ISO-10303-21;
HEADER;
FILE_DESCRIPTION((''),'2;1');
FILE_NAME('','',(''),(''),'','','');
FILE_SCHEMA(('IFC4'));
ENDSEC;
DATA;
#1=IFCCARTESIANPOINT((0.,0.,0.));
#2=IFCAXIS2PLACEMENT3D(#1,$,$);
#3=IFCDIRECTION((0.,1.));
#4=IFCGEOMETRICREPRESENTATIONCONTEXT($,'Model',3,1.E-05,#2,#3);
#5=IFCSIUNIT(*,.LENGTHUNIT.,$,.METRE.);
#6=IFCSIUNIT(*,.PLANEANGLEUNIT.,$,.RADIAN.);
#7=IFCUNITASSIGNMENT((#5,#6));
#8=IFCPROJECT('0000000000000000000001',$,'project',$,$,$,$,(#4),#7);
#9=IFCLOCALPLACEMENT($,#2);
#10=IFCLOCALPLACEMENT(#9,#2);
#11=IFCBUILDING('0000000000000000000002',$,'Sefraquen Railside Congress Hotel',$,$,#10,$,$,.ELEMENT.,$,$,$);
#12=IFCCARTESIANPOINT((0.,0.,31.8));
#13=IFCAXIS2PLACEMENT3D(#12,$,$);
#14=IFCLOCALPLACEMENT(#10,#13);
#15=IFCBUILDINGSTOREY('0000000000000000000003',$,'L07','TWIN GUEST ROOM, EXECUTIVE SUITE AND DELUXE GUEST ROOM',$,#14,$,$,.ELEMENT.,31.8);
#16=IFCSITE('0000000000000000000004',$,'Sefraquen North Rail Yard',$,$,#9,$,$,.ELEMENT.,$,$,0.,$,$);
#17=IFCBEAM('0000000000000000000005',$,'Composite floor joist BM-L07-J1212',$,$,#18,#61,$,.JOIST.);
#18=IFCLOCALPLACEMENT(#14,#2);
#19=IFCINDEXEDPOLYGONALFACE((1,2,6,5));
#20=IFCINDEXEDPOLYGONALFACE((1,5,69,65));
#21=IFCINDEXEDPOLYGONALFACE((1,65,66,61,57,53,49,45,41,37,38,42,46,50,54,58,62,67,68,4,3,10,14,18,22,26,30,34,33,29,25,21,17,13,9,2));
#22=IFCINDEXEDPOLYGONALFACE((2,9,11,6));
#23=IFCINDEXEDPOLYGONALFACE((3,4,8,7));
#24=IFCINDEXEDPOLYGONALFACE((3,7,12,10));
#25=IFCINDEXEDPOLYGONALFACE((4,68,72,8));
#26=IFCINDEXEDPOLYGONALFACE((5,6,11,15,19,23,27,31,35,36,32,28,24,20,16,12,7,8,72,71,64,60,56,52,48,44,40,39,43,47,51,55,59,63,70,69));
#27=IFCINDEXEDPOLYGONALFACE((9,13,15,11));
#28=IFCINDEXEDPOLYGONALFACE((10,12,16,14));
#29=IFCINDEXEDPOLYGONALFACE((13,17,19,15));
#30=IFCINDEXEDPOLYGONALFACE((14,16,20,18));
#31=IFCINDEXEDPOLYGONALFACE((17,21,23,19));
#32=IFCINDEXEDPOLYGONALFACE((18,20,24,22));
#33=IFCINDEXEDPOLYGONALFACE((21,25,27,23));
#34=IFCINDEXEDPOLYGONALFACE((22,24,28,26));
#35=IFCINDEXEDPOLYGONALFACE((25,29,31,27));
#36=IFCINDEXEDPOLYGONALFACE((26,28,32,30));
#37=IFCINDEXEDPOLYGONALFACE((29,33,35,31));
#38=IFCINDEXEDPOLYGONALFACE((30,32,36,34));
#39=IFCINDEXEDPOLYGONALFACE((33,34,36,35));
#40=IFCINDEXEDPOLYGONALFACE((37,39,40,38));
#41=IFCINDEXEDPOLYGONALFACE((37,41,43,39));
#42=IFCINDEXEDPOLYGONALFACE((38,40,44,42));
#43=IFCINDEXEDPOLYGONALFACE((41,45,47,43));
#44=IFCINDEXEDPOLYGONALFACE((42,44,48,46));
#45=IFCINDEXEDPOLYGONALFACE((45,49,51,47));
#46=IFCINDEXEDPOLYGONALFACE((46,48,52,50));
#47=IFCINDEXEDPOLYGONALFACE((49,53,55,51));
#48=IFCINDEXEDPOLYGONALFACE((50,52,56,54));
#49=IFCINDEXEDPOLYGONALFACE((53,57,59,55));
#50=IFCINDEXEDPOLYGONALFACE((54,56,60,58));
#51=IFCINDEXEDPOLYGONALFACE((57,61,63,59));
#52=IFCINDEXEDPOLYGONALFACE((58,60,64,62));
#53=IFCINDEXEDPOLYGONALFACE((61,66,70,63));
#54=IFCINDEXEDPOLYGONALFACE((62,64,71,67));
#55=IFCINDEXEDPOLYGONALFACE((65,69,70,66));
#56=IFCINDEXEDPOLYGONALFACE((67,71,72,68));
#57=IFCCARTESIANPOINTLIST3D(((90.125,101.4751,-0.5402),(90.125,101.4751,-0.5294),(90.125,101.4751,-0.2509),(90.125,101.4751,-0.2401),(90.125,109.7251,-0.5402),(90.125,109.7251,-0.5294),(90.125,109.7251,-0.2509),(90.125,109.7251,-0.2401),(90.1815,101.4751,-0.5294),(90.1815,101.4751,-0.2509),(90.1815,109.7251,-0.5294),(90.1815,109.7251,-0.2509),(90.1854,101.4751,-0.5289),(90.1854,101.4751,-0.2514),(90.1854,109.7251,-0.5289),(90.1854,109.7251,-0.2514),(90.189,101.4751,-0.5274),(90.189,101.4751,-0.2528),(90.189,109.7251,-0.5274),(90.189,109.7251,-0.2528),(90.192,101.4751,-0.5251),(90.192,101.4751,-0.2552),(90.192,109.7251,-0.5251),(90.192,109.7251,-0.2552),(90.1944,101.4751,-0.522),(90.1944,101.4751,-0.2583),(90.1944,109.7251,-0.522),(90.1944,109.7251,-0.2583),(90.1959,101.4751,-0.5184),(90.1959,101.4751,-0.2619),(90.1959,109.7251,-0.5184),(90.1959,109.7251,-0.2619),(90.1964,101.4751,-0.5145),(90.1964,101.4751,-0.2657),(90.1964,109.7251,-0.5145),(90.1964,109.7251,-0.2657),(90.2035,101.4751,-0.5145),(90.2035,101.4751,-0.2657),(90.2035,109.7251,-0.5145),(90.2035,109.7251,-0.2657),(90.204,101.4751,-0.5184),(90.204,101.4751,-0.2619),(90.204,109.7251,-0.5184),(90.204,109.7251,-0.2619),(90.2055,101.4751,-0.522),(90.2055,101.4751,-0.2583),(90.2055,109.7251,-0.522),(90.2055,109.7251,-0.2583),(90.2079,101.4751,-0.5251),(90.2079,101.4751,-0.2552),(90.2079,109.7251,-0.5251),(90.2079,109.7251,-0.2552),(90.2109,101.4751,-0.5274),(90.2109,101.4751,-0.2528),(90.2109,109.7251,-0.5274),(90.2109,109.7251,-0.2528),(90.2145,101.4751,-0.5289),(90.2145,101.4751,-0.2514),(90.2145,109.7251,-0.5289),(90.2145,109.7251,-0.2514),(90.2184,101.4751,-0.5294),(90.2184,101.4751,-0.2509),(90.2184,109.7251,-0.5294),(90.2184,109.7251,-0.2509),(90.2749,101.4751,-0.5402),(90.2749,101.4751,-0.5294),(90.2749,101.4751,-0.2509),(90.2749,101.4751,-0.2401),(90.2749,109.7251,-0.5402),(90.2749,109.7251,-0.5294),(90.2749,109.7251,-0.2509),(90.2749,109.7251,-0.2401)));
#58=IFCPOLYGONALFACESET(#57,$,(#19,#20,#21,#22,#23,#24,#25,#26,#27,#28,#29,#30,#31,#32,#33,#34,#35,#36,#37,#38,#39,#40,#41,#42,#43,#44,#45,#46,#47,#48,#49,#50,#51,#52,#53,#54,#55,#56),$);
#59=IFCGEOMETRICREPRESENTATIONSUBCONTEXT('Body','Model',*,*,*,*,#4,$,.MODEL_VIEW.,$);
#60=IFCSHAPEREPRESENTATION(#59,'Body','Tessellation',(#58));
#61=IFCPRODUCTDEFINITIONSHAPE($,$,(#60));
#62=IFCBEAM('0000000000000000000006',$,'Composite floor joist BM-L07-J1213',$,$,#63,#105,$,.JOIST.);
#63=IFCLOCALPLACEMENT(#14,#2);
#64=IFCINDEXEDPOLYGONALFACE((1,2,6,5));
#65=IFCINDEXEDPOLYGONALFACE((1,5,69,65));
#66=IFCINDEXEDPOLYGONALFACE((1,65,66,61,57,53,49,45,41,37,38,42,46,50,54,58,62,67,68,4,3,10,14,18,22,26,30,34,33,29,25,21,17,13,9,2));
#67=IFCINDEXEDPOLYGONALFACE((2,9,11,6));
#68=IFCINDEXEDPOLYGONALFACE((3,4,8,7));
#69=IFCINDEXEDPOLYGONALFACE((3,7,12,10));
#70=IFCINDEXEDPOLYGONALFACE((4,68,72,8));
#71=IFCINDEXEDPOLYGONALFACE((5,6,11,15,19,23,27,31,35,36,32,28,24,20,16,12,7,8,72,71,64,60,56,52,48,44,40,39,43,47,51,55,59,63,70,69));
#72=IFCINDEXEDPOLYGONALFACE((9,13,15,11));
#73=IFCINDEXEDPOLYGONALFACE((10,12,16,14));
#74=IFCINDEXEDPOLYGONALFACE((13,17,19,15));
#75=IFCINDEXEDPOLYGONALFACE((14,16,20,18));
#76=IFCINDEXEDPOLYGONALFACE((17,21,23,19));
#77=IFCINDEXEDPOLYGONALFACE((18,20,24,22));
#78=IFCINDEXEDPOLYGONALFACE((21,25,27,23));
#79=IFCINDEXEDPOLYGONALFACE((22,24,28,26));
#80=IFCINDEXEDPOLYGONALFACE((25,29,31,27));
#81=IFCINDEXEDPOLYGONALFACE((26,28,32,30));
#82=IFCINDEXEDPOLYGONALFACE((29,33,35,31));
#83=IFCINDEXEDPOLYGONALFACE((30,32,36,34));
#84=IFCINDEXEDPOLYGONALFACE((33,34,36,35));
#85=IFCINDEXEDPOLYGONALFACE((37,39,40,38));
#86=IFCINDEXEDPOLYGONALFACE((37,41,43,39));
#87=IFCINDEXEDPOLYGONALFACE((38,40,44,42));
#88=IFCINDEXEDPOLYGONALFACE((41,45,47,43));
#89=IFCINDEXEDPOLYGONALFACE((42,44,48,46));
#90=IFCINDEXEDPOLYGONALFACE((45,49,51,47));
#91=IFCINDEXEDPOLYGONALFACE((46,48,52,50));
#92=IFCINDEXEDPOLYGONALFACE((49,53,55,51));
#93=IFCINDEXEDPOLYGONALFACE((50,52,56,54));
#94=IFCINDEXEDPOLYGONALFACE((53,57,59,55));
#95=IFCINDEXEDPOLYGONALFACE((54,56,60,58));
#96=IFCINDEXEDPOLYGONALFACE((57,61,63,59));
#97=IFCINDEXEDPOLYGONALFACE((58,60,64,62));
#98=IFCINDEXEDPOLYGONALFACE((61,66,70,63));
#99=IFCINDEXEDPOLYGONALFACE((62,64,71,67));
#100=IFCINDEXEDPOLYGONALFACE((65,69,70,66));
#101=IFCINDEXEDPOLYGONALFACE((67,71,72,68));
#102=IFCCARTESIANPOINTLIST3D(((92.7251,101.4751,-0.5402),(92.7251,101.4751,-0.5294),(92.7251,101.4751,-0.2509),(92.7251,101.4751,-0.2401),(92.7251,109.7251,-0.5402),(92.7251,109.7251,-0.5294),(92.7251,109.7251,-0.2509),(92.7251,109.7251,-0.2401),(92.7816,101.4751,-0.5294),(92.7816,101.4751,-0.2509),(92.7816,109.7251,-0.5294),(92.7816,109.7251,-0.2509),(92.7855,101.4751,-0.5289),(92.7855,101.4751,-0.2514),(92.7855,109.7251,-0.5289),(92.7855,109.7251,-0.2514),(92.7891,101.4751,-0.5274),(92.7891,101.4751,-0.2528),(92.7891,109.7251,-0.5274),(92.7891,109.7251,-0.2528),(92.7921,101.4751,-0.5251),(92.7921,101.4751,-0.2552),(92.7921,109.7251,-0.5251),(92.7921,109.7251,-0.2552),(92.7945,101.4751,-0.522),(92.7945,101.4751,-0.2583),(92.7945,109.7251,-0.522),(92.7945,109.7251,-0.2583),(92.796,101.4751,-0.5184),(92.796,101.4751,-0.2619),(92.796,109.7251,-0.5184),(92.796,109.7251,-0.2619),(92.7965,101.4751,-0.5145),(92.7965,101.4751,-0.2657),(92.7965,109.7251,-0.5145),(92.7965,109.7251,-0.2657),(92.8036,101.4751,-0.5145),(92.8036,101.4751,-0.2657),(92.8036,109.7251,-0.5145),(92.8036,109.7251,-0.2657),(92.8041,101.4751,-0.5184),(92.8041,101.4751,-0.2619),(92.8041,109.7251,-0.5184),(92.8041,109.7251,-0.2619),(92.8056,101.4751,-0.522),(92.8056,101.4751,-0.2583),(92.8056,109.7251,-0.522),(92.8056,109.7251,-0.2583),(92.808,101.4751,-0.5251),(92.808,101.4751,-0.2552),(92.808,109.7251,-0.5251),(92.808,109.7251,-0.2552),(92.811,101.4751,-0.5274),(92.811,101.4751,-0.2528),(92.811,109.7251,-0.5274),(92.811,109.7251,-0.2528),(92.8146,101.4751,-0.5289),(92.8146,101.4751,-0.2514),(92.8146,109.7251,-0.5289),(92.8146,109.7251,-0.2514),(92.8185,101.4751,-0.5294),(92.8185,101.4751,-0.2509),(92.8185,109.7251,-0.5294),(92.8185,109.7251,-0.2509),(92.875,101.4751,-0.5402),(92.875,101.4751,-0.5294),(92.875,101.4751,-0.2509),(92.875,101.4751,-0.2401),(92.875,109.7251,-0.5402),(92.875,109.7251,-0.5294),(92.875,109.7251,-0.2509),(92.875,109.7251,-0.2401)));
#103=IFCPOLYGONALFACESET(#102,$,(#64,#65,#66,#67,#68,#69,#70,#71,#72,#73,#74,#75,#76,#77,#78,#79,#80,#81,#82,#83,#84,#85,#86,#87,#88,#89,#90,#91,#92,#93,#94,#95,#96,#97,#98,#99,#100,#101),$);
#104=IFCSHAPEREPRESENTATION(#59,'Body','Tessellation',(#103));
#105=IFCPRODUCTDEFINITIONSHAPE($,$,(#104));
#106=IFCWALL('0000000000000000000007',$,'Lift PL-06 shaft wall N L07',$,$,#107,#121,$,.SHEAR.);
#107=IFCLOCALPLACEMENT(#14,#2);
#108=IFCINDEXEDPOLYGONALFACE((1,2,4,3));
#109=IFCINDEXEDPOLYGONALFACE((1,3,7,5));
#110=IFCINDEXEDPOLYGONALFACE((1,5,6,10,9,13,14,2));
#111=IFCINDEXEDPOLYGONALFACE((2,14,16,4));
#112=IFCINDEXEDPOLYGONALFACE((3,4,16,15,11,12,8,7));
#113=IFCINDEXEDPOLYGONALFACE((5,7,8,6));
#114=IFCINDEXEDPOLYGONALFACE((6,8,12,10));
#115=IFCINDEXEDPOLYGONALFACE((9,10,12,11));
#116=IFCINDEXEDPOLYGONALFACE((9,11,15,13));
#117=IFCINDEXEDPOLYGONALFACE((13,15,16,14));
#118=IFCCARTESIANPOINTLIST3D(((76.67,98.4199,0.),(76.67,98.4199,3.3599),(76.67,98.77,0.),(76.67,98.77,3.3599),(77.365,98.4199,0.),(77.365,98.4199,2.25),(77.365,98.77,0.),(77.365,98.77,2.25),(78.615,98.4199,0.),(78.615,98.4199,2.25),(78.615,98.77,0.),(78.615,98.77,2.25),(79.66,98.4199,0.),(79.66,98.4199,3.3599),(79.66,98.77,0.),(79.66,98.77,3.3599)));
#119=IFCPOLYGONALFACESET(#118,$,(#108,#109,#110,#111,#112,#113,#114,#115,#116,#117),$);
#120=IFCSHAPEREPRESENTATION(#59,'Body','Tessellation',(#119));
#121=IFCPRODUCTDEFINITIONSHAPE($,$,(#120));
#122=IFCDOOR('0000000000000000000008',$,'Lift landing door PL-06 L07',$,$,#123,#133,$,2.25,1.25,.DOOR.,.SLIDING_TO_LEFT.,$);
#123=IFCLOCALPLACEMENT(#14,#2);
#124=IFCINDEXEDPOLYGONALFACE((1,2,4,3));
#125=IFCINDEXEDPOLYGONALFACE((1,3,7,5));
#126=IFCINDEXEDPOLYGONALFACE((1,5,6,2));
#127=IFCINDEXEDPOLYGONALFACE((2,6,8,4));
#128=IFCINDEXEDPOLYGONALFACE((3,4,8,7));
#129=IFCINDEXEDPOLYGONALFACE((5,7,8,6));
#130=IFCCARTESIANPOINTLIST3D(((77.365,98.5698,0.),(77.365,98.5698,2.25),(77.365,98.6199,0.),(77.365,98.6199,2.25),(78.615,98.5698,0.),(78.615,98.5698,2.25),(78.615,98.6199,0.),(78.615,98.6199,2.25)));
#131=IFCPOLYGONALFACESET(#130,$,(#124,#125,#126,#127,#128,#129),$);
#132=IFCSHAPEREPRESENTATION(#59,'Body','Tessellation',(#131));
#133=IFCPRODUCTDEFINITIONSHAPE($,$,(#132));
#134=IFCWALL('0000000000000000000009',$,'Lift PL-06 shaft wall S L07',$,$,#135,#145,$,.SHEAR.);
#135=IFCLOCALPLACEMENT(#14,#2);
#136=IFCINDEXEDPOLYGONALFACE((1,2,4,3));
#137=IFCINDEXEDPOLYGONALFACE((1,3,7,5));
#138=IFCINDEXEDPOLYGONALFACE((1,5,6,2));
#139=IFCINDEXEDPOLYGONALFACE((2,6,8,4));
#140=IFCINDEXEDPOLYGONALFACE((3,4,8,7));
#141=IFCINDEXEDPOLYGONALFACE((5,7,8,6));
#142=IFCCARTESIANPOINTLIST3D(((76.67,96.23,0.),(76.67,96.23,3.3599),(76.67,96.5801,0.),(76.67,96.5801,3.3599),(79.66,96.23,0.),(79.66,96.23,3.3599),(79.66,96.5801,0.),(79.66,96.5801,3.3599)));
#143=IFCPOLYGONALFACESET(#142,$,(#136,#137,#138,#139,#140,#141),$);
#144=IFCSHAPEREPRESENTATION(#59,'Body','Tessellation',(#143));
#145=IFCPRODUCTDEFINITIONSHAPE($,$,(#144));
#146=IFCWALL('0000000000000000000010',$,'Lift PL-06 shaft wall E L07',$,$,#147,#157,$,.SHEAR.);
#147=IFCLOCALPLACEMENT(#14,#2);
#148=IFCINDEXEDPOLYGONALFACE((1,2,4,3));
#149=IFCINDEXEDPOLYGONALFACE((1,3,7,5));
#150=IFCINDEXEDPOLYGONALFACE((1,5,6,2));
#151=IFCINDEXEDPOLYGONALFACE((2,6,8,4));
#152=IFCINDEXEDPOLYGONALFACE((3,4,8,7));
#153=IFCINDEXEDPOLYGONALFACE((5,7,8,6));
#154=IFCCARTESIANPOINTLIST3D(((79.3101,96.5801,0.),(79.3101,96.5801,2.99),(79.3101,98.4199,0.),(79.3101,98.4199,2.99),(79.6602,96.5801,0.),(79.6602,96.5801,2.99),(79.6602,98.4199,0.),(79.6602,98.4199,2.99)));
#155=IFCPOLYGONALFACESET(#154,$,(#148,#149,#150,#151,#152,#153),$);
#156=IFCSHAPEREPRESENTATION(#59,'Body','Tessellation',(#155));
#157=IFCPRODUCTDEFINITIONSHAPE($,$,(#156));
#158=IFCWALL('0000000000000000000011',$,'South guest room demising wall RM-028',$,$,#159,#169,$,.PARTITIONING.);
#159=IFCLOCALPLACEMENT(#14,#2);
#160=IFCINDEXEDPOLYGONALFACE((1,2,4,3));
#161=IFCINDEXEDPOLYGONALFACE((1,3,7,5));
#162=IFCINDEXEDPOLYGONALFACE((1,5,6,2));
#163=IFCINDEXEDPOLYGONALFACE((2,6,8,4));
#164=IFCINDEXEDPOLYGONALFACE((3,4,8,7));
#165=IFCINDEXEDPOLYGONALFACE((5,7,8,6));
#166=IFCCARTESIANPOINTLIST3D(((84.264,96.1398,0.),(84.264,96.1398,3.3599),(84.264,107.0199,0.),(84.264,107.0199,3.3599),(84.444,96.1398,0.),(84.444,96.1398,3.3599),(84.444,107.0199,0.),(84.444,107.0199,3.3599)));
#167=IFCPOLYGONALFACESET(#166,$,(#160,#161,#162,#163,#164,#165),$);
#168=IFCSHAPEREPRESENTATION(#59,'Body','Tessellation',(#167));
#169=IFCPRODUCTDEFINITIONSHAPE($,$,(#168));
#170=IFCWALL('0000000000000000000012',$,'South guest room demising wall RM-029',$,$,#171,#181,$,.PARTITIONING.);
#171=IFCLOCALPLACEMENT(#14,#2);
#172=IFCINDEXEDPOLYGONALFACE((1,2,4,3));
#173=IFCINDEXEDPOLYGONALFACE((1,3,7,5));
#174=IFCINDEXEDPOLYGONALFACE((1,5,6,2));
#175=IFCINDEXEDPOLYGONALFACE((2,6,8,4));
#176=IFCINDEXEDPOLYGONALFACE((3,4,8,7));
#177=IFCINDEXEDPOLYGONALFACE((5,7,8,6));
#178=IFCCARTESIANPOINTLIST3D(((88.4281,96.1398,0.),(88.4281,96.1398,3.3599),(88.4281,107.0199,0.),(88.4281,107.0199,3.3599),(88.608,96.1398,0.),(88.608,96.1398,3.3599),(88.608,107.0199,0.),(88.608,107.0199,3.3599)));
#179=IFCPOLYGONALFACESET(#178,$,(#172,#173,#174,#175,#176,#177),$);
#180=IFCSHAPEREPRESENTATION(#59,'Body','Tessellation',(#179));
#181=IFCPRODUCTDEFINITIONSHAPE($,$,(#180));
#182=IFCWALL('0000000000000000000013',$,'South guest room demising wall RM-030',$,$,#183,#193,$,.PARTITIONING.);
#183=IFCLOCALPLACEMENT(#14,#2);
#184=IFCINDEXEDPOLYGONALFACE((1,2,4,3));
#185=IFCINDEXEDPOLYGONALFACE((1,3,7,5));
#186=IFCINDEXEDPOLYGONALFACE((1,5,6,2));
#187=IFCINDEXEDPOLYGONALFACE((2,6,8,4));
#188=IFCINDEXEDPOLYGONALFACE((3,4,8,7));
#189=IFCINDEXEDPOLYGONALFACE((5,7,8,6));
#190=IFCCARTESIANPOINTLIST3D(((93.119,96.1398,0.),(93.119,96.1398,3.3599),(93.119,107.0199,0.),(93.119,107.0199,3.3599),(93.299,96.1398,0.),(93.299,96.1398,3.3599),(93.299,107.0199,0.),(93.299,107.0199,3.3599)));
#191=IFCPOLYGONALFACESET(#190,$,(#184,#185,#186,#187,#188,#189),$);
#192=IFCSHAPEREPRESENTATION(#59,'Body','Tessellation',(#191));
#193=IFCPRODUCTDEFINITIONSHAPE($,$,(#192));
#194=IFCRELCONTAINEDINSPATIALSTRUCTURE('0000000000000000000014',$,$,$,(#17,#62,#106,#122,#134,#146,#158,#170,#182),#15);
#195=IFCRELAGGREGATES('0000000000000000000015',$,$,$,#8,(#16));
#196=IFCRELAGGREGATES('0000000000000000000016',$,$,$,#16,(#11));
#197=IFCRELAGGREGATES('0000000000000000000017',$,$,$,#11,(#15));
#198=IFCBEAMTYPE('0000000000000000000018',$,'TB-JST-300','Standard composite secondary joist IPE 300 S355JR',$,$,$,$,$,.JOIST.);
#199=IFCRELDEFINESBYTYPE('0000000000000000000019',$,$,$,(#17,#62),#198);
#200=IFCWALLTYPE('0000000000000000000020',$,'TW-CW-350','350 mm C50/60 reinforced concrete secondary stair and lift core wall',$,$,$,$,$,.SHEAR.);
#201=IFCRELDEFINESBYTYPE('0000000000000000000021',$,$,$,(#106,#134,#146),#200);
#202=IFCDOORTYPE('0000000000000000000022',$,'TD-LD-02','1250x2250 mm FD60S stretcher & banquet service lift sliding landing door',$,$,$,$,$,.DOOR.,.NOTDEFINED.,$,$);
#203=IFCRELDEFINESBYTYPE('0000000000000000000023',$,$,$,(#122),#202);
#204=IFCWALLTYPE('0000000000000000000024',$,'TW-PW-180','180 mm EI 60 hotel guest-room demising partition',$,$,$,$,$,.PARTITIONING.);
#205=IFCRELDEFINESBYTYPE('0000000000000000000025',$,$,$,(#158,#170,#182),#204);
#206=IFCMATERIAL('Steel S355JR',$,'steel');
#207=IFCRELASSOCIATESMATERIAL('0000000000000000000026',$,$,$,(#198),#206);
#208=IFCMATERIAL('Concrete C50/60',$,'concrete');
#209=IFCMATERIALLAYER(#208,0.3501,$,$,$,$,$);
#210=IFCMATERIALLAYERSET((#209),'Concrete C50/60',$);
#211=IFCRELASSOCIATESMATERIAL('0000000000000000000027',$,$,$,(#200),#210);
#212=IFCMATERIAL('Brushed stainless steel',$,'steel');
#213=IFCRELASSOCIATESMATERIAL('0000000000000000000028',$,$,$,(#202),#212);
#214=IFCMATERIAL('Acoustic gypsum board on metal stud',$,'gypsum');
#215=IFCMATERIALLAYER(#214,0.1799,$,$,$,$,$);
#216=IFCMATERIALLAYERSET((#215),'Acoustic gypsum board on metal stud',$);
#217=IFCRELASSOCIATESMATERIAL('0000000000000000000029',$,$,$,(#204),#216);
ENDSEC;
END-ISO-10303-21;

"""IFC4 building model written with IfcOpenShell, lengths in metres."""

from ifc_helpers import new_model, si_unit, direction, frame, frame_2d, origin, origin_2d, place, context, subcontext, project, spatial, rectangle, i_section, extrude, material, layer, layer_set, material_profile, profile_set, type_object, element, fill, save


model = new_model("IFC4")

# Units and contexts
model_context = context("Model", 3, precision=1e-05, world=origin(), true_north=direction((0.0, 1.0)))
body_context = subcontext(model_context, "Body", "Model", "MODEL_VIEW")
ifc_project = project(units=[si_unit("LENGTHUNIT", "METRE"), si_unit("PLANEANGLEUNIT", "RADIAN")], contexts=[model_context])

# Site, building, storey
site_placement = place(None, origin())
site = spatial("IfcSite", under=ifc_project, at=site_placement, Name="Sefraquen North Rail Yard", CompositionType="ELEMENT", RefElevation=0.0)
building_placement = place(site_placement, origin())
building = spatial("IfcBuilding", under=site, at=building_placement, Name="Sefraquen Railside Congress Hotel", CompositionType="ELEMENT")
storey_placement = place(building_placement, frame((0.0, 0.0, 31.8)))
storey = spatial("IfcBuildingStorey", under=building, at=storey_placement, Name="L07", Description="TWIN GUEST ROOM, EXECUTIVE SUITE AND DELUXE GUEST ROOM", CompositionType="ELEMENT", Elevation=31.8)

# Shared definitions
ifc_material_1 = material(Name="Steel S355JR", Category="steel")

# Beams
ifc_material_profile_1 = material_profile(ifc_material_1, i_section(OverallWidth=0.1499, OverallDepth=0.3, WebThickness=0.0071, FlangeThickness=0.0107, FilletRadius=0.0149, at=origin_2d()), Name="IPE 300")
ifc_profile_set_1 = profile_set([ifc_material_profile_1], Name="Steel S355JR")
beam_type_1 = type_object("IfcBeamType", Name="TB-JST-300", Description="Standard composite secondary joist IPE 300 S355JR", PredefinedType="JOIST", material=ifc_profile_set_1)
for number, where, z_axis, x_axis, name in (
    (1, (90.2, 101.4751, -0.3901), (0.0, 1.0, 0.0), (-1.0, 0.0, 0.0), "Composite floor joist BM-L07-J1212"),
    (2, (92.8, 101.4751, -0.3901), (0.0, 1.0, 0.0), (-1.0, 0.0, 0.0), "Composite floor joist BM-L07-J1213"),
):
    element("IfcBeam", number, at=place(storey_placement, frame(where, z_axis=z_axis, x_axis=x_axis)), inside=storey, type_object=beam_type_1, Name=name, PredefinedType="JOIST", context=body_context, shape_type="SweptSolid", body=[
        extrude(i_section(OverallWidth=0.1499, OverallDepth=0.3, WebThickness=0.0071, FlangeThickness=0.0107, FilletRadius=0.0149, at=origin_2d()), origin(), (0.0, 0.0, 1.0), 8.25),
    ])

# Wall, opening, door
ifc_material_2 = material(Name="Concrete C50/60", Category="concrete")
ifc_layer_1 = layer(ifc_material_2, 0.3501)
ifc_layer_set_1 = layer_set([ifc_layer_1], Name="Concrete C50/60")
wall_type_1 = type_object("IfcWallType", Name="TW-CW-350", Description="350 mm C50/60 reinforced concrete secondary stair and lift core wall", PredefinedType="SHEAR", material=ifc_layer_set_1)
wall_1_placement = place(storey_placement, frame((76.6699, 98.595, 0.0), z_axis=(0.0, 0.0, 1.0), x_axis=(1.0, 0.0, 0.0)))
wall_1 = element("IfcWall", 3, at=wall_1_placement, inside=storey, type_object=wall_type_1, Name="Lift PL-06 shaft wall N L07", PredefinedType="SHEAR", context=body_context, shape_type="SweptSolid", body=[
    extrude(rectangle(XDim=2.99, YDim=0.3501, at=frame_2d((1.4951, 0.0))), origin(), (0.0, 0.0, 1.0), 3.3599),
])
opening_placement = place(wall_1_placement, frame((0.6951, 0.0, 0.0)))
opening = element("IfcOpeningElement", 4, at=opening_placement, cuts=wall_1, PredefinedType="OPENING", context=body_context, shape_type="SweptSolid", body=[
    extrude(rectangle(XDim=1.25, YDim=2.25, at=frame_2d((0.625, 1.125))), frame((0.0, 0.1851, 0.0), z_axis=(0.0, -1.0, 0.0), x_axis=(1.0, 0.0, 0.0)), (0.0, 0.0, 1.0), 0.3701),
])
ifc_material_3 = material(Name="Brushed stainless steel", Category="steel")
door_type = type_object("IfcDoorType", Name="TD-LD-02", Description="1250x2250 mm FD60S stretcher & banquet service lift sliding landing door", OperationType="NOTDEFINED", PredefinedType="DOOR", material=ifc_material_3)
door_placement = place(opening_placement, origin())
door = element("IfcDoor", 5, at=door_placement, inside=storey, type_object=door_type, Name="Lift landing door PL-06 L07", OperationType="SLIDING_TO_LEFT", OverallHeight=2.25, OverallWidth=1.25, PredefinedType="DOOR", context=body_context, shape_type="SweptSolid", body=[
    extrude(rectangle(XDim=1.25, YDim=2.25, at=frame_2d((0.625, 1.125))), frame((0.0, 0.0249, 0.0), z_axis=(0.0, -1.0, 0.0), x_axis=(1.0, 0.0, 0.0)), (0.0, 0.0, 1.0), 0.05),
])
fill(opening, door)

# Walls
wall_2_placement = place(storey_placement, frame((76.6699, 96.405, 0.0), z_axis=(0.0, 0.0, 1.0), x_axis=(1.0, 0.0, 0.0)))
element("IfcWall", 6, at=wall_2_placement, inside=storey, type_object=wall_type_1, Name="Lift PL-06 shaft wall S L07", PredefinedType="SHEAR", context=body_context, shape_type="SweptSolid", body=[
    extrude(rectangle(XDim=2.99, YDim=0.3501, at=frame_2d((1.4951, 0.0))), origin(), (0.0, 0.0, 1.0), 3.3599),
])
wall_3_placement = place(storey_placement, frame((79.4851, 96.5801, 0.0), z_axis=(0.0, 0.0, 1.0), x_axis=(0.0, 1.0, 0.0)))
element("IfcWall", 7, at=wall_3_placement, inside=storey, type_object=wall_type_1, Name="Lift PL-06 shaft wall E L07", PredefinedType="SHEAR", context=body_context, shape_type="SweptSolid", body=[
    extrude(rectangle(XDim=1.8398, YDim=0.3501, at=frame_2d((0.9199, 0.0))), origin(), (0.0, 0.0, 1.0), 2.99),
])
ifc_material_4 = material(Name="Acoustic gypsum board on metal stud", Category="gypsum")
ifc_layer_2 = layer(ifc_material_4, 0.1799)
ifc_layer_set_2 = layer_set([ifc_layer_2], Name="Acoustic gypsum board on metal stud")
wall_type_2 = type_object("IfcWallType", Name="TW-PW-180", Description="180 mm EI 60 hotel guest-room demising partition", PredefinedType="PARTITIONING", material=ifc_layer_set_2)
for number, where, z_axis, x_axis, name in (
    (8, (84.354, 96.1399, 0.0), (0.0, 0.0, 1.0), (0.0, 1.0, 0.0), "South guest room demising wall RM-028"),
    (9, (88.5181, 96.1399, 0.0), (0.0, 0.0, 1.0), (0.0, 1.0, 0.0), "South guest room demising wall RM-029"),
    (10, (93.209, 96.1399, 0.0), (0.0, 0.0, 1.0), (0.0, 1.0, 0.0), "South guest room demising wall RM-030"),
):
    element("IfcWall", number, at=place(storey_placement, frame(where, z_axis=z_axis, x_axis=x_axis)), inside=storey, type_object=wall_type_2, Name=name, PredefinedType="PARTITIONING", context=body_context, shape_type="SweptSolid", body=[
        extrude(rectangle(XDim=10.8801, YDim=0.1799, at=frame_2d((5.4399, 0.0))), origin(), (0.0, 0.0, 1.0), 3.3599),
    ])

save(model, "model.ifc")
